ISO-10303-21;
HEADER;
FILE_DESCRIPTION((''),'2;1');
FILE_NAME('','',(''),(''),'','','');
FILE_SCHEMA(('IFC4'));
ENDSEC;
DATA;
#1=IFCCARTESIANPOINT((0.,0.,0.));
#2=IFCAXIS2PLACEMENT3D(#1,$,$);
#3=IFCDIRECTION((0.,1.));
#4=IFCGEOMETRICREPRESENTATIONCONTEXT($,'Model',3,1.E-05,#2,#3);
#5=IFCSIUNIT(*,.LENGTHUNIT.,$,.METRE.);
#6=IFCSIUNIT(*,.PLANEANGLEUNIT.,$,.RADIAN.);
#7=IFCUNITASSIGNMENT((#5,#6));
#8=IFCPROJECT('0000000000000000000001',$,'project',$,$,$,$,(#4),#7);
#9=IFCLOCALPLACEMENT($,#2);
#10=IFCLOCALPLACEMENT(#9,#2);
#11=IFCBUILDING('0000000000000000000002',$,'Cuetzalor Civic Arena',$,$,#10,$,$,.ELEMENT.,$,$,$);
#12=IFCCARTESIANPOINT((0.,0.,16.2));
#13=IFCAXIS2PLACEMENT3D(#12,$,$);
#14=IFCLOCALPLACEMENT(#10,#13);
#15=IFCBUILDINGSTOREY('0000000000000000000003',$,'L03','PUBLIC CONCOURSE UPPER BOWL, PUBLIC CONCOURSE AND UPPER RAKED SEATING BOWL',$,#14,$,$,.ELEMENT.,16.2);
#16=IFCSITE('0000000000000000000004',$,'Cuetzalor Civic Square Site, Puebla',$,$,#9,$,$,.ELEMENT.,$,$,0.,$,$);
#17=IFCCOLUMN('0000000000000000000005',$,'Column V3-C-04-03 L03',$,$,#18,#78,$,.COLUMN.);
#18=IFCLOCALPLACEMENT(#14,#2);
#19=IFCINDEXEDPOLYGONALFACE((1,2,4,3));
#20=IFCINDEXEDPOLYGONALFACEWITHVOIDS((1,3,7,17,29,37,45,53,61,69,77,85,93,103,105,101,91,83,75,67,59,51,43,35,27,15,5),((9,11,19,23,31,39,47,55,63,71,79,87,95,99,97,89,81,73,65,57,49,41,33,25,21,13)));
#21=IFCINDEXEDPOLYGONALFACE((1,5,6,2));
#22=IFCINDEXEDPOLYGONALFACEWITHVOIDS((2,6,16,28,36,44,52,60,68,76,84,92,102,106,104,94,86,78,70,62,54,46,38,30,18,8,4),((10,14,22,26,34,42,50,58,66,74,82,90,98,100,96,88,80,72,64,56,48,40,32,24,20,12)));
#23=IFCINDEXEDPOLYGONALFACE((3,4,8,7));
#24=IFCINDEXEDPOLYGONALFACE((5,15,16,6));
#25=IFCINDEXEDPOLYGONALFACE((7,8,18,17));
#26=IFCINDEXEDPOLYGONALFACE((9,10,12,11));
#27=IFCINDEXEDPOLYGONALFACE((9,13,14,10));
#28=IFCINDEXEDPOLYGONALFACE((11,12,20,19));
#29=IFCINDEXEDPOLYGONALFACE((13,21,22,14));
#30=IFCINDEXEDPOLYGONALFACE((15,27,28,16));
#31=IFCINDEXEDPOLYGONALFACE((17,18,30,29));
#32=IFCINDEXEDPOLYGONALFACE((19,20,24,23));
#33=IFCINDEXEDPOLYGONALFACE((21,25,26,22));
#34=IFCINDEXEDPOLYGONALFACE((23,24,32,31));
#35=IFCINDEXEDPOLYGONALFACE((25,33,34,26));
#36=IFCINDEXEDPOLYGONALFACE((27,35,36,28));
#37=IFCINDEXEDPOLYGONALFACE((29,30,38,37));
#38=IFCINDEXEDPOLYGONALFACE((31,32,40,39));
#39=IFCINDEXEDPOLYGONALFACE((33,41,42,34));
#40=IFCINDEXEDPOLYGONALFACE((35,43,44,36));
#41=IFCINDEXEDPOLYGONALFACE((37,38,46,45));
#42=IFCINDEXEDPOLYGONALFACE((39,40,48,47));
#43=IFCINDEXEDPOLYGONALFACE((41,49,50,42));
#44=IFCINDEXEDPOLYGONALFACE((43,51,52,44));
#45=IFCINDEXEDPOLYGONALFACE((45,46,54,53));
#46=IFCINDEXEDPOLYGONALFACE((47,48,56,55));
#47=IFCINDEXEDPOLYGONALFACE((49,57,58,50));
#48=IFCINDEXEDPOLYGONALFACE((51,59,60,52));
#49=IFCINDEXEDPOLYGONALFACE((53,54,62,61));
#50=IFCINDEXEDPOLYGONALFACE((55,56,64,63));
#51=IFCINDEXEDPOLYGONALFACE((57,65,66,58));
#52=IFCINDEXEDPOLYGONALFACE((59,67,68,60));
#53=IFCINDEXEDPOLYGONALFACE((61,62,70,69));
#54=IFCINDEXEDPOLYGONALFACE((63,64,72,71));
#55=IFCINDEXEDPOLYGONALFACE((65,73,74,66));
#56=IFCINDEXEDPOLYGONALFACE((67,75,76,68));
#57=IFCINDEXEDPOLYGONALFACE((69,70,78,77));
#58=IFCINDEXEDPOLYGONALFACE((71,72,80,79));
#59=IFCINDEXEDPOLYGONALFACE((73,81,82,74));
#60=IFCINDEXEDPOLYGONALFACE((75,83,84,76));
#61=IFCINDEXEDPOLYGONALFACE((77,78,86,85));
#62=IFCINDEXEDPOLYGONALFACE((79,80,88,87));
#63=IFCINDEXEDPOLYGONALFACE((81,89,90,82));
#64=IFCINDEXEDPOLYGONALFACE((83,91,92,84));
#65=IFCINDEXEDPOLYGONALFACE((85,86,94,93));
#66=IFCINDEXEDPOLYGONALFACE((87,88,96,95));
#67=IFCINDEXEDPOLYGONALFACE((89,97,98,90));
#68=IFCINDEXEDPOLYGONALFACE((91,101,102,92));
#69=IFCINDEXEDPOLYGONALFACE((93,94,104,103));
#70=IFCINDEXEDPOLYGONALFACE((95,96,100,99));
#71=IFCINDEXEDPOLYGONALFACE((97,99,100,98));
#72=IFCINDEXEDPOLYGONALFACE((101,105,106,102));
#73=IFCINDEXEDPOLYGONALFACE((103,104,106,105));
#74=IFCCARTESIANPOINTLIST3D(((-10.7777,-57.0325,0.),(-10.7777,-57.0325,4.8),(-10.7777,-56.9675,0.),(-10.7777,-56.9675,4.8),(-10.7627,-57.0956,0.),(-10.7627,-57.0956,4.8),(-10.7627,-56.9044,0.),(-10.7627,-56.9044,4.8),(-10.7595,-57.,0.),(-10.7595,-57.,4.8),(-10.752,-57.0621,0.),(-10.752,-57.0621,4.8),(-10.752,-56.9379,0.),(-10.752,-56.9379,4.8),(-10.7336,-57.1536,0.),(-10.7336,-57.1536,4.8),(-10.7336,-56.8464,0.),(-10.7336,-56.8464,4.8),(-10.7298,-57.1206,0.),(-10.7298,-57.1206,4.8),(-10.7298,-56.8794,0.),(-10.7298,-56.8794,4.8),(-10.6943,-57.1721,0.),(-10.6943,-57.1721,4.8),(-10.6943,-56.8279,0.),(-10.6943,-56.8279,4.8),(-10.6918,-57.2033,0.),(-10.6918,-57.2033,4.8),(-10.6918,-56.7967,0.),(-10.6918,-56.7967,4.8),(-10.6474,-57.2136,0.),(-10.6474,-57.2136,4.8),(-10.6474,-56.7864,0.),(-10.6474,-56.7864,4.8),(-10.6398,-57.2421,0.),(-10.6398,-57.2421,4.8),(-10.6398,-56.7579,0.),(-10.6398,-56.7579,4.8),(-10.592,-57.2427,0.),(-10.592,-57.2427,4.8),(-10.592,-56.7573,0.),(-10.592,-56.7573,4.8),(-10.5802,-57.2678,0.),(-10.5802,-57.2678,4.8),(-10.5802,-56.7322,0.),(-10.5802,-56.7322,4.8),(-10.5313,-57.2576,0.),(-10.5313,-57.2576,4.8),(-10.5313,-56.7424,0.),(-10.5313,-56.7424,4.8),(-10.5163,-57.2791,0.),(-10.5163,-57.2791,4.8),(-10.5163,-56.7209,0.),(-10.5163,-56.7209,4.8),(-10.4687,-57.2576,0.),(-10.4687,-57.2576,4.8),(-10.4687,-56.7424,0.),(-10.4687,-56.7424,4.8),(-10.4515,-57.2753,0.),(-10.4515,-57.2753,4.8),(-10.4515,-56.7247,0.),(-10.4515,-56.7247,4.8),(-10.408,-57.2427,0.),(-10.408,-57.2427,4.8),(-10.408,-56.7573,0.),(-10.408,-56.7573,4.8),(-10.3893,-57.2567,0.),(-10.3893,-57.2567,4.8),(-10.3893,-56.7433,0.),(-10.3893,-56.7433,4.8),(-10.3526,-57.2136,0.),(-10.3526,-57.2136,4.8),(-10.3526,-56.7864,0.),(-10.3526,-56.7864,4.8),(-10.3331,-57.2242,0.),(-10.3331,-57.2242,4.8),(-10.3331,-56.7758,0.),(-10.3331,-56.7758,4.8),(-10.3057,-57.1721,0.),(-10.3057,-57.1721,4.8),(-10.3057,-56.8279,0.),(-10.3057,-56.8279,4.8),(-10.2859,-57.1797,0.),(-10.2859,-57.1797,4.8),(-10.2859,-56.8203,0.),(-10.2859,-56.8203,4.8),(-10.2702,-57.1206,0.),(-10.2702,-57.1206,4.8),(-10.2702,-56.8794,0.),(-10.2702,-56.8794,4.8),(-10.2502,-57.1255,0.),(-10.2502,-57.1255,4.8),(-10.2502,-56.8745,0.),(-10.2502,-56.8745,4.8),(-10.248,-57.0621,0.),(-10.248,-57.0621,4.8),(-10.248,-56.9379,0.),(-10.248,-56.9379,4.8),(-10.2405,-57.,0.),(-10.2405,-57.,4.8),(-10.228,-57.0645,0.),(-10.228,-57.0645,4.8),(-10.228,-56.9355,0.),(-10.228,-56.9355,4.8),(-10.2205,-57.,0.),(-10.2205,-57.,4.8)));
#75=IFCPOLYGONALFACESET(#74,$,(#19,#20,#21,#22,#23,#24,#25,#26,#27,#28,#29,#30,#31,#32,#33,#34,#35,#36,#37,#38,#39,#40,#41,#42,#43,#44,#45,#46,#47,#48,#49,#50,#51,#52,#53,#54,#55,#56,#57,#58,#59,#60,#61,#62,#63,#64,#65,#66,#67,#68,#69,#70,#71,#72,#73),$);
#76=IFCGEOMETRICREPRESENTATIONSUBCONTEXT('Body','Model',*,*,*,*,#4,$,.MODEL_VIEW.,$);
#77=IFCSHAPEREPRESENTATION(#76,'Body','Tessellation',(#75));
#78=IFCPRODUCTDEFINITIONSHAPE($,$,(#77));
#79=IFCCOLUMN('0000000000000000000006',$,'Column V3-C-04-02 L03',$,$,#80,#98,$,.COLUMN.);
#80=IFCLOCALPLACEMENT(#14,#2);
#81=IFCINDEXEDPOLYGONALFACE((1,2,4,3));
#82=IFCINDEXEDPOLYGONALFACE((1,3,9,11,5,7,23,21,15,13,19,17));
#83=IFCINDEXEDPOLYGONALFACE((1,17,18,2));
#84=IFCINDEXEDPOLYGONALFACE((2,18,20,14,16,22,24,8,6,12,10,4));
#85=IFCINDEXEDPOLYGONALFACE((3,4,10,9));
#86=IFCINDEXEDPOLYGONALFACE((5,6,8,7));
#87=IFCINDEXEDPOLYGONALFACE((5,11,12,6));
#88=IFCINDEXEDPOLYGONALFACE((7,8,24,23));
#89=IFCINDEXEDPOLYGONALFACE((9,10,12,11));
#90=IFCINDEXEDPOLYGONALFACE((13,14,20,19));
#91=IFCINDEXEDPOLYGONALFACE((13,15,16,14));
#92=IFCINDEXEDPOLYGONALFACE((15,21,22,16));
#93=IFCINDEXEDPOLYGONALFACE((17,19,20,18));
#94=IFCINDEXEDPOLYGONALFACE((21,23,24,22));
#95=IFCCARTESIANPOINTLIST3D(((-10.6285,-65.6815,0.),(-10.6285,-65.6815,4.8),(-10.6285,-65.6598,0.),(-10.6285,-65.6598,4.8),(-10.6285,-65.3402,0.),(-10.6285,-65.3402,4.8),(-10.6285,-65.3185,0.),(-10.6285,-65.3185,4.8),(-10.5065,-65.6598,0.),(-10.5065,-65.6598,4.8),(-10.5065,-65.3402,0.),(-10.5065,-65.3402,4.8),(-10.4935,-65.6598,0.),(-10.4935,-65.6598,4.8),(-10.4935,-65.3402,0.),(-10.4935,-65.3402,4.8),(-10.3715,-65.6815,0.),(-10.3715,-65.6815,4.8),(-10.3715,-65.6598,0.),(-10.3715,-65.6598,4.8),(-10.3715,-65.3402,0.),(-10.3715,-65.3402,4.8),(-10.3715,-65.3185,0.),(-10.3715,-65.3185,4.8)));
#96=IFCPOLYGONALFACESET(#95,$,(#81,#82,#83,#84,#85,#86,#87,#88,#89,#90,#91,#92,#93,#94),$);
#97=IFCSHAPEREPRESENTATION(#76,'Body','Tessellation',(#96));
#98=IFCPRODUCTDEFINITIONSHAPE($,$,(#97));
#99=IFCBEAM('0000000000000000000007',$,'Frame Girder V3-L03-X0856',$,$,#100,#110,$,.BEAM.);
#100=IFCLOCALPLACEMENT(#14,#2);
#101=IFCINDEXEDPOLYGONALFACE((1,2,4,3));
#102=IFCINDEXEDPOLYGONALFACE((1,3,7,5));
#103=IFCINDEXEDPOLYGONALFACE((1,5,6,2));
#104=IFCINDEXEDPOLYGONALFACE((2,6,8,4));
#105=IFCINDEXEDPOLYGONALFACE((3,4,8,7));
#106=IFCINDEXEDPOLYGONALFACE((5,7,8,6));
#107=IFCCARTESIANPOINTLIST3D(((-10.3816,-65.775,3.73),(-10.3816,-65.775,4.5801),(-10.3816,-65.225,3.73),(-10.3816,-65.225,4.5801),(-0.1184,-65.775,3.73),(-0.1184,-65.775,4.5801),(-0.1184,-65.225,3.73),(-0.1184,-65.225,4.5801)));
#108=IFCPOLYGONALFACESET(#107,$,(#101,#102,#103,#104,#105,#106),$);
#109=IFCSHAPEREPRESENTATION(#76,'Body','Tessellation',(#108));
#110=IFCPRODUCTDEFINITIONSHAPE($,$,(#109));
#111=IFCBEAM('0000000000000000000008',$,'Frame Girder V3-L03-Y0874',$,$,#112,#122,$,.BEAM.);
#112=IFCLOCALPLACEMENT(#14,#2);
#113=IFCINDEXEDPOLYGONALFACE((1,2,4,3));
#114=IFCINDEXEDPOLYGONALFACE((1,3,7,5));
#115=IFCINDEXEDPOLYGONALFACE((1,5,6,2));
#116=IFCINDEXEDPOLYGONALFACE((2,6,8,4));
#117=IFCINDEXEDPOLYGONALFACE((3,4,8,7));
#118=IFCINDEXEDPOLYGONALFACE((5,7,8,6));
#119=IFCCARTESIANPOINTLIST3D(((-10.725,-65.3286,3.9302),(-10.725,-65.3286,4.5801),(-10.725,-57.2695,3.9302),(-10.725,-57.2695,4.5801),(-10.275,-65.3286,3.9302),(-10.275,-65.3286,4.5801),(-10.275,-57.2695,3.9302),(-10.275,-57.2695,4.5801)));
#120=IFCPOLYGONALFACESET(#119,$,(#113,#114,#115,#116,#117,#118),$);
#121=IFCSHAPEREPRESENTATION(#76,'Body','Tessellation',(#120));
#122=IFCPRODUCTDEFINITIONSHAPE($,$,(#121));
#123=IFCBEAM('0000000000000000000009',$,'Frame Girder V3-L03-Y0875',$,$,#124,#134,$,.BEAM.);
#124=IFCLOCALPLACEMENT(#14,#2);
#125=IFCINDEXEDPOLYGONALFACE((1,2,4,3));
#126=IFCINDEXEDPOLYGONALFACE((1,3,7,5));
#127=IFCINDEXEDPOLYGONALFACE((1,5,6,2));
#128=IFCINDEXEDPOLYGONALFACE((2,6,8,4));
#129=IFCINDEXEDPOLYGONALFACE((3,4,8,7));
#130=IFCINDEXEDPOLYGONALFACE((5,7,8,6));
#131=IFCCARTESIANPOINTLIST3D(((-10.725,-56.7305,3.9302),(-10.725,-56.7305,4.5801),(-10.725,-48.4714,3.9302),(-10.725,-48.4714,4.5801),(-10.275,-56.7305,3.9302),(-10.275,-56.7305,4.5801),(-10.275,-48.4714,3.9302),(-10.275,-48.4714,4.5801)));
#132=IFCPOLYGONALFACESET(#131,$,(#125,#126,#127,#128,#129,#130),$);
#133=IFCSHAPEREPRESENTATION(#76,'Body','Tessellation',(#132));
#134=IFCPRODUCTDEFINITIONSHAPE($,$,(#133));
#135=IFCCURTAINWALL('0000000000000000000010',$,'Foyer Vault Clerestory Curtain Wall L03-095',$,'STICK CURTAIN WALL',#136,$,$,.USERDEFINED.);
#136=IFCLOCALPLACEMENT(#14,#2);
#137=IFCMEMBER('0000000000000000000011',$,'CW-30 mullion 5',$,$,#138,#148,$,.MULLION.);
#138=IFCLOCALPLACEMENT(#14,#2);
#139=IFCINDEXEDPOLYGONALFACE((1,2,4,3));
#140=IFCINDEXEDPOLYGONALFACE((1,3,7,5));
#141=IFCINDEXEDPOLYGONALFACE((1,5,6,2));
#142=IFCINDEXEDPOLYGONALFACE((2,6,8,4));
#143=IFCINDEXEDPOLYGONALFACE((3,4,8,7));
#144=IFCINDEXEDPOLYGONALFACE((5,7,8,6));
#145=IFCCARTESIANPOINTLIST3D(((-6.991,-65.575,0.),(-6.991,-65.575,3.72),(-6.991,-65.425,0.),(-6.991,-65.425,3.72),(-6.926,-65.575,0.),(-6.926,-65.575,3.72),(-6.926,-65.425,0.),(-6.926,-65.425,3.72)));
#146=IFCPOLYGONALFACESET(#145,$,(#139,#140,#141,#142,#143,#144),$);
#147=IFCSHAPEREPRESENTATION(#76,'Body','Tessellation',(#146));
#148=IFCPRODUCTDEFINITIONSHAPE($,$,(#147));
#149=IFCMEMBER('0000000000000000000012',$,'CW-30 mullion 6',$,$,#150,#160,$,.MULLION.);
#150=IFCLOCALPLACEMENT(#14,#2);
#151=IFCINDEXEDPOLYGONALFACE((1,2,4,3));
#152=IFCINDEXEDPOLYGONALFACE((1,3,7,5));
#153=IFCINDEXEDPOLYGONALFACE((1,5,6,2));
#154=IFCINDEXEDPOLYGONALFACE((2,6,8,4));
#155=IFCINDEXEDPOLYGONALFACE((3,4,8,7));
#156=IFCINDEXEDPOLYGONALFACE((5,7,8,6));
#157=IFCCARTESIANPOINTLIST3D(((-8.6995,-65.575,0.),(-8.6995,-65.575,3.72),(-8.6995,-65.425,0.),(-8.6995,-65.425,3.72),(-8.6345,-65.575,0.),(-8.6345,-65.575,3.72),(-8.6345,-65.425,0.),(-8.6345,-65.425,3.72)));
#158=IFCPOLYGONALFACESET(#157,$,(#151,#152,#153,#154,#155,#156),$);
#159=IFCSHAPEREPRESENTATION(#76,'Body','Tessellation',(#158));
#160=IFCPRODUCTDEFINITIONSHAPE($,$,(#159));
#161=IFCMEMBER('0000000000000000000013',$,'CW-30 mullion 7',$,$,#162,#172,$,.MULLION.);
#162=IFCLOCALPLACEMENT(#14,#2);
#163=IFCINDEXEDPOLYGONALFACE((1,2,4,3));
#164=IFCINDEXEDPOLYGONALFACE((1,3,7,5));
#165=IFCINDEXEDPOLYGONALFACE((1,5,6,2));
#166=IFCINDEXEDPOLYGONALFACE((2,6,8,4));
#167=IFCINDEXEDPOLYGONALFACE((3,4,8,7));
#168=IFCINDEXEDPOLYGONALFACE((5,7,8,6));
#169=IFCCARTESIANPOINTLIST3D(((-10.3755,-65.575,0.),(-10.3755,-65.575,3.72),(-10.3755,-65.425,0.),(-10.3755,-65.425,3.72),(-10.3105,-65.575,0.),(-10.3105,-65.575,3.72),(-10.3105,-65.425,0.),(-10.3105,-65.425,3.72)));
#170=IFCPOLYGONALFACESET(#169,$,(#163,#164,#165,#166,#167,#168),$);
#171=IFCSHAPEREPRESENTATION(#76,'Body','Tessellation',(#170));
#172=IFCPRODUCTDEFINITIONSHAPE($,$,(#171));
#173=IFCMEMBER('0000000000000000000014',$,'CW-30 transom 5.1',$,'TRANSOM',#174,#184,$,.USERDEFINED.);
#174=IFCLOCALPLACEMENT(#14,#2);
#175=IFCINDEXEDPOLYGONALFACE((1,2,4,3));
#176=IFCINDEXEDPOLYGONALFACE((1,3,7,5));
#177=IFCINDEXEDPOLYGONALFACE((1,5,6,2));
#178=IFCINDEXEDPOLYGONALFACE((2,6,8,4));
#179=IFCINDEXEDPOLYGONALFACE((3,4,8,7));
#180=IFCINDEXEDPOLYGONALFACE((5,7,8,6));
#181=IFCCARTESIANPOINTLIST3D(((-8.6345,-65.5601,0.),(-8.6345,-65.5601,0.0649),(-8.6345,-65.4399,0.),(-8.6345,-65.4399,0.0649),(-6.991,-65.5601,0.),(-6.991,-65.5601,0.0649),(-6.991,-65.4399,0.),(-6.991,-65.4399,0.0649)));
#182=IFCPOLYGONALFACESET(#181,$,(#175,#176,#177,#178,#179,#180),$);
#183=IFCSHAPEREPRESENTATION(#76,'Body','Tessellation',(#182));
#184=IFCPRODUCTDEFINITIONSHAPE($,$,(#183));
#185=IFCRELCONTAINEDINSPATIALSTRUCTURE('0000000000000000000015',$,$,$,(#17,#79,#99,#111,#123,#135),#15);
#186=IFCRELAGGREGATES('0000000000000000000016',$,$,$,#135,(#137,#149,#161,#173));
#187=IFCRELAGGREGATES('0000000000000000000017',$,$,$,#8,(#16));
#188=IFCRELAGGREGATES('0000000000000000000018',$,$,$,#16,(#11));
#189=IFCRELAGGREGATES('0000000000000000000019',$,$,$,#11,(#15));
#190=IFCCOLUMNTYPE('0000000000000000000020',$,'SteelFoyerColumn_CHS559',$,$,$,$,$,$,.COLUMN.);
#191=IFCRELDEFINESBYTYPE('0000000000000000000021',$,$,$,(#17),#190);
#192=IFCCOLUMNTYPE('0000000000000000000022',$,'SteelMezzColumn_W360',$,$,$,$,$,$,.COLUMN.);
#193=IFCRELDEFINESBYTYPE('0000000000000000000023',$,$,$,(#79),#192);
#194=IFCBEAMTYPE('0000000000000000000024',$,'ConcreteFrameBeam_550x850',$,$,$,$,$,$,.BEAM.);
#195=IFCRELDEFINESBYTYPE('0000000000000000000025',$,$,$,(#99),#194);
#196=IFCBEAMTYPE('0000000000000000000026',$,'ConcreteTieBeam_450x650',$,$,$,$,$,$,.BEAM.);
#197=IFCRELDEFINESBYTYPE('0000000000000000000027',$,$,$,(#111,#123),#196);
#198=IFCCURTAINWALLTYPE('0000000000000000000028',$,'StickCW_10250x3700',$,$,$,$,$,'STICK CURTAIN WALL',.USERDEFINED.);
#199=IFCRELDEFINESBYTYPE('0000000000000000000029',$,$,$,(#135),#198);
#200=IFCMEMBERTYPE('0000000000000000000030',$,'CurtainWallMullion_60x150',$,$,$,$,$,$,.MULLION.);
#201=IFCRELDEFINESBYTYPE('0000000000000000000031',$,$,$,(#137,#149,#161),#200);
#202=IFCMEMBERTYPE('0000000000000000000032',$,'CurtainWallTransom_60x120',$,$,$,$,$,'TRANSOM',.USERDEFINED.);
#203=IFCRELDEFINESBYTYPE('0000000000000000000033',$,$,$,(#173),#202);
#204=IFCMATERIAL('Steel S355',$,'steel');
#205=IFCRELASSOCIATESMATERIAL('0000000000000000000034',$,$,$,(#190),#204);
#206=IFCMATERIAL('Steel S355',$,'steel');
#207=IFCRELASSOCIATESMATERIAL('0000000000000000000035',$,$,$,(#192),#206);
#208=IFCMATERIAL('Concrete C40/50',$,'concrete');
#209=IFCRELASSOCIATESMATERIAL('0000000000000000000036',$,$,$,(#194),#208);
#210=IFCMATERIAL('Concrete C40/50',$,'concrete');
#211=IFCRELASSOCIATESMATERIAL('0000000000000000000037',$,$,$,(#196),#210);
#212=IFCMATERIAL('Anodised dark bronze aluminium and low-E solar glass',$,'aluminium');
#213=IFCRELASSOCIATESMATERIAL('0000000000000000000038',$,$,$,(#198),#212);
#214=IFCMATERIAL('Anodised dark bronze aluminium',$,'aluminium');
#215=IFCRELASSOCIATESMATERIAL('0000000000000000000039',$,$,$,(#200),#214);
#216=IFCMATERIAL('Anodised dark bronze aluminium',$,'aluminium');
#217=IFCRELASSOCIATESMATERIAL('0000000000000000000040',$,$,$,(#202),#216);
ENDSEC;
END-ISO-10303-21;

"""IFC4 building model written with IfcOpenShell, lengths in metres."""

from ifc_helpers import new_model, si_unit, direction, frame, origin, origin_2d, place, context, subcontext, project, spatial, rectangle, hollow_circle, i_section, extrude, material, material_profile, profile_set, type_object, element, aggregate, save


model = new_model("IFC4")

# Units and contexts
model_context = context("Model", 3, precision=1e-05, world=origin(), true_north=direction((0.0, 1.0)))
body_context = subcontext(model_context, "Body", "Model", "MODEL_VIEW")
ifc_project = project(units=[si_unit("LENGTHUNIT", "METRE"), si_unit("PLANEANGLEUNIT", "RADIAN")], contexts=[model_context])

# Site, building, storey
site_placement = place(None, origin())
site = spatial("IfcSite", under=ifc_project, at=site_placement, Name="Cuetzalor Civic Square Site, Puebla", CompositionType="ELEMENT", RefElevation=0.0)
building_placement = place(site_placement, origin())
building = spatial("IfcBuilding", under=site, at=building_placement, Name="Cuetzalor Civic Arena", CompositionType="ELEMENT")
storey_placement = place(building_placement, frame((0.0, 0.0, 16.2)))
storey = spatial("IfcBuildingStorey", under=building, at=storey_placement, Name="L03", Description="PUBLIC CONCOURSE UPPER BOWL, PUBLIC CONCOURSE AND UPPER RAKED SEATING BOWL", CompositionType="ELEMENT", Elevation=16.2)

# Columns
ifc_material_1 = material(Name="Steel S355", Category="steel")
ifc_material_profile_1 = material_profile(ifc_material_1, hollow_circle(Radius=0.2795, WallThickness=0.02, at=origin_2d()), Name="CHS 559x20")
ifc_profile_set_1 = profile_set([ifc_material_profile_1], Name="Steel S355")
column_type_1 = type_object("IfcColumnType", Name="SteelFoyerColumn_CHS559", PredefinedType="COLUMN", material=ifc_profile_set_1)
column_1_placement = place(storey_placement, frame((-10.5, -57.0, 0.0), z_axis=(0.0, 0.0, 1.0), x_axis=(1.0, 0.0, 0.0)))
element("IfcColumn", 1, at=column_1_placement, inside=storey, type_object=column_type_1, Name="Column V3-C-04-03 L03", PredefinedType="COLUMN", context=body_context, shape_type="SweptSolid", body=[
    extrude(hollow_circle(Radius=0.2795, WallThickness=0.02, at=origin_2d()), origin(), (0.0, 0.0, 1.0), 4.8),
])
ifc_material_2 = material(Name="Steel S355", Category="steel")
ifc_material_profile_2 = material_profile(ifc_material_2, i_section(OverallWidth=0.2571, OverallDepth=0.363, WebThickness=0.0129, FlangeThickness=0.0217, at=origin_2d()), Name="W360x122")
ifc_profile_set_2 = profile_set([ifc_material_profile_2], Name="Steel S355")
column_type_2 = type_object("IfcColumnType", Name="SteelMezzColumn_W360", PredefinedType="COLUMN", material=ifc_profile_set_2)
column_2_placement = place(storey_placement, frame((-10.5, -65.5, 0.0), z_axis=(0.0, 0.0, 1.0), x_axis=(1.0, 0.0, 0.0)))
element("IfcColumn", 2, at=column_2_placement, inside=storey, type_object=column_type_2, Name="Column V3-C-04-02 L03", PredefinedType="COLUMN", context=body_context, shape_type="SweptSolid", body=[
    extrude(i_section(OverallWidth=0.2571, OverallDepth=0.363, WebThickness=0.0129, FlangeThickness=0.0217, at=origin_2d()), origin(), (0.0, 0.0, 1.0), 4.8),
])

# Beams
ifc_material_3 = material(Name="Concrete C40/50", Category="concrete")
ifc_material_profile_3 = material_profile(ifc_material_3, rectangle(XDim=0.55, YDim=0.8501, at=origin_2d()), Name="RC 550x850")
ifc_profile_set_3 = profile_set([ifc_material_profile_3], Name="Concrete C40/50")
beam_type_1 = type_object("IfcBeamType", Name="ConcreteFrameBeam_550x850", PredefinedType="BEAM", material=ifc_profile_set_3)
beam_1_placement = place(storey_placement, frame((-10.3816, -65.5, 4.155), z_axis=(1.0, 0.0, 0.0), x_axis=(0.0, 1.0, 0.0)))
element("IfcBeam", 3, at=beam_1_placement, inside=storey, type_object=beam_type_1, Name="Frame Girder V3-L03-X0856", PredefinedType="BEAM", context=body_context, shape_type="SweptSolid", body=[
    extrude(rectangle(XDim=0.55, YDim=0.8501, at=origin_2d()), origin(), (0.0, 0.0, 1.0), 10.2632),
])
ifc_material_4 = material(Name="Concrete C40/50", Category="concrete")
ifc_material_profile_4 = material_profile(ifc_material_4, rectangle(XDim=0.45, YDim=0.6499, at=origin_2d()), Name="RC 450x650")
ifc_profile_set_4 = profile_set([ifc_material_profile_4], Name="Concrete C40/50")
beam_type_2 = type_object("IfcBeamType", Name="ConcreteTieBeam_450x650", PredefinedType="BEAM", material=ifc_profile_set_4)
beam_2_placement = place(storey_placement, frame((-10.5, -65.3286, 4.2551), z_axis=(0.0, 1.0, 0.0), x_axis=(-1.0, 0.0, 0.0)))
element("IfcBeam", 4, at=beam_2_placement, inside=storey, type_object=beam_type_2, Name="Frame Girder V3-L03-Y0874", PredefinedType="BEAM", context=body_context, shape_type="SweptSolid", body=[
    extrude(rectangle(XDim=0.45, YDim=0.6499, at=origin_2d()), origin(), (0.0, 0.0, 1.0), 8.0591),
])
beam_3_placement = place(storey_placement, frame((-10.5, -56.7305, 4.2551), z_axis=(0.0, 1.0, 0.0), x_axis=(-1.0, 0.0, 0.0)))
element("IfcBeam", 5, at=beam_3_placement, inside=storey, type_object=beam_type_2, Name="Frame Girder V3-L03-Y0875", PredefinedType="BEAM", context=body_context, shape_type="SweptSolid", body=[
    extrude(rectangle(XDim=0.45, YDim=0.6499, at=origin_2d()), origin(), (0.0, 0.0, 1.0), 8.259),
])

# Curtain wall, members
ifc_material_5 = material(Name="Anodised dark bronze aluminium and low-E solar glass", Category="aluminium")
curtain_wall_type = type_object("IfcCurtainWallType", Name="StickCW_10250x3700", ElementType="STICK CURTAIN WALL", PredefinedType="USERDEFINED", material=ifc_material_5)
curtain_wall_placement = place(storey_placement, origin())
curtain_wall = element("IfcCurtainWall", 6, at=curtain_wall_placement, inside=storey, type_object=curtain_wall_type, Name="Foyer Vault Clerestory Curtain Wall L03-095", ObjectType="STICK CURTAIN WALL", PredefinedType="USERDEFINED")
ifc_material_6 = material(Name="Anodised dark bronze aluminium", Category="aluminium")
ifc_material_profile_5 = material_profile(ifc_material_6, rectangle(XDim=0.0649, YDim=0.1499, at=origin_2d()), Name="ALU MULLION 65x150")
ifc_profile_set_5 = profile_set([ifc_material_profile_5], Name="Anodised dark bronze aluminium")
member_type_1 = type_object("IfcMemberType", Name="CurtainWallMullion_60x150", PredefinedType="MULLION", material=ifc_profile_set_5)
member_1_placement = place(storey_placement, frame((-6.9585, -65.5, 0.0), z_axis=(0.0, 0.0, 1.0), x_axis=(-1.0, 0.0, 0.0)))
member_1 = element("IfcMember", 7, at=member_1_placement, type_object=member_type_1, Name="CW-30 mullion 5", PredefinedType="MULLION", context=body_context, shape_type="SweptSolid", body=[
    extrude(rectangle(XDim=0.0649, YDim=0.1499, at=origin_2d()), origin(), (0.0, 0.0, 1.0), 3.72),
])
member_2_placement = place(storey_placement, frame((-8.667, -65.5, 0.0), z_axis=(0.0, 0.0, 1.0), x_axis=(-1.0, 0.0, 0.0)))
member_2 = element("IfcMember", 8, at=member_2_placement, type_object=member_type_1, Name="CW-30 mullion 6", PredefinedType="MULLION", context=body_context, shape_type="SweptSolid", body=[
    extrude(rectangle(XDim=0.0649, YDim=0.1499, at=origin_2d()), origin(), (0.0, 0.0, 1.0), 3.72),
])
member_3_placement = place(storey_placement, frame((-10.343, -65.5, 0.0), z_axis=(0.0, 0.0, 1.0), x_axis=(-1.0, 0.0, 0.0)))
member_3 = element("IfcMember", 9, at=member_3_placement, type_object=member_type_1, Name="CW-30 mullion 7", PredefinedType="MULLION", context=body_context, shape_type="SweptSolid", body=[
    extrude(rectangle(XDim=0.0649, YDim=0.1499, at=origin_2d()), origin(), (0.0, 0.0, 1.0), 3.72),
])
ifc_material_7 = material(Name="Anodised dark bronze aluminium", Category="aluminium")
ifc_material_profile_6 = material_profile(ifc_material_7, rectangle(XDim=0.1201, YDim=0.0649, at=origin_2d()), Name="ALU TRANSOM 65x120")
ifc_profile_set_6 = profile_set([ifc_material_profile_6], Name="Anodised dark bronze aluminium")
member_type_2 = type_object("IfcMemberType", Name="CurtainWallTransom_60x120", ElementType="TRANSOM", PredefinedType="USERDEFINED", material=ifc_profile_set_6)
member_4_placement = place(storey_placement, frame((-6.991, -65.5, 0.0325), z_axis=(-1.0, 0.0, 0.0), x_axis=(0.0, -1.0, 0.0)))
member_4 = element("IfcMember", 10, at=member_4_placement, type_object=member_type_2, Name="CW-30 transom 5.1", ObjectType="TRANSOM", PredefinedType="USERDEFINED", context=body_context, shape_type="SweptSolid", body=[
    extrude(rectangle(XDim=0.1201, YDim=0.0649, at=origin_2d()), origin(), (0.0, 0.0, 1.0), 1.6436),
])

aggregate(curtain_wall, [member_1, member_2, member_3, member_4])

save(model, "model.ifc")
